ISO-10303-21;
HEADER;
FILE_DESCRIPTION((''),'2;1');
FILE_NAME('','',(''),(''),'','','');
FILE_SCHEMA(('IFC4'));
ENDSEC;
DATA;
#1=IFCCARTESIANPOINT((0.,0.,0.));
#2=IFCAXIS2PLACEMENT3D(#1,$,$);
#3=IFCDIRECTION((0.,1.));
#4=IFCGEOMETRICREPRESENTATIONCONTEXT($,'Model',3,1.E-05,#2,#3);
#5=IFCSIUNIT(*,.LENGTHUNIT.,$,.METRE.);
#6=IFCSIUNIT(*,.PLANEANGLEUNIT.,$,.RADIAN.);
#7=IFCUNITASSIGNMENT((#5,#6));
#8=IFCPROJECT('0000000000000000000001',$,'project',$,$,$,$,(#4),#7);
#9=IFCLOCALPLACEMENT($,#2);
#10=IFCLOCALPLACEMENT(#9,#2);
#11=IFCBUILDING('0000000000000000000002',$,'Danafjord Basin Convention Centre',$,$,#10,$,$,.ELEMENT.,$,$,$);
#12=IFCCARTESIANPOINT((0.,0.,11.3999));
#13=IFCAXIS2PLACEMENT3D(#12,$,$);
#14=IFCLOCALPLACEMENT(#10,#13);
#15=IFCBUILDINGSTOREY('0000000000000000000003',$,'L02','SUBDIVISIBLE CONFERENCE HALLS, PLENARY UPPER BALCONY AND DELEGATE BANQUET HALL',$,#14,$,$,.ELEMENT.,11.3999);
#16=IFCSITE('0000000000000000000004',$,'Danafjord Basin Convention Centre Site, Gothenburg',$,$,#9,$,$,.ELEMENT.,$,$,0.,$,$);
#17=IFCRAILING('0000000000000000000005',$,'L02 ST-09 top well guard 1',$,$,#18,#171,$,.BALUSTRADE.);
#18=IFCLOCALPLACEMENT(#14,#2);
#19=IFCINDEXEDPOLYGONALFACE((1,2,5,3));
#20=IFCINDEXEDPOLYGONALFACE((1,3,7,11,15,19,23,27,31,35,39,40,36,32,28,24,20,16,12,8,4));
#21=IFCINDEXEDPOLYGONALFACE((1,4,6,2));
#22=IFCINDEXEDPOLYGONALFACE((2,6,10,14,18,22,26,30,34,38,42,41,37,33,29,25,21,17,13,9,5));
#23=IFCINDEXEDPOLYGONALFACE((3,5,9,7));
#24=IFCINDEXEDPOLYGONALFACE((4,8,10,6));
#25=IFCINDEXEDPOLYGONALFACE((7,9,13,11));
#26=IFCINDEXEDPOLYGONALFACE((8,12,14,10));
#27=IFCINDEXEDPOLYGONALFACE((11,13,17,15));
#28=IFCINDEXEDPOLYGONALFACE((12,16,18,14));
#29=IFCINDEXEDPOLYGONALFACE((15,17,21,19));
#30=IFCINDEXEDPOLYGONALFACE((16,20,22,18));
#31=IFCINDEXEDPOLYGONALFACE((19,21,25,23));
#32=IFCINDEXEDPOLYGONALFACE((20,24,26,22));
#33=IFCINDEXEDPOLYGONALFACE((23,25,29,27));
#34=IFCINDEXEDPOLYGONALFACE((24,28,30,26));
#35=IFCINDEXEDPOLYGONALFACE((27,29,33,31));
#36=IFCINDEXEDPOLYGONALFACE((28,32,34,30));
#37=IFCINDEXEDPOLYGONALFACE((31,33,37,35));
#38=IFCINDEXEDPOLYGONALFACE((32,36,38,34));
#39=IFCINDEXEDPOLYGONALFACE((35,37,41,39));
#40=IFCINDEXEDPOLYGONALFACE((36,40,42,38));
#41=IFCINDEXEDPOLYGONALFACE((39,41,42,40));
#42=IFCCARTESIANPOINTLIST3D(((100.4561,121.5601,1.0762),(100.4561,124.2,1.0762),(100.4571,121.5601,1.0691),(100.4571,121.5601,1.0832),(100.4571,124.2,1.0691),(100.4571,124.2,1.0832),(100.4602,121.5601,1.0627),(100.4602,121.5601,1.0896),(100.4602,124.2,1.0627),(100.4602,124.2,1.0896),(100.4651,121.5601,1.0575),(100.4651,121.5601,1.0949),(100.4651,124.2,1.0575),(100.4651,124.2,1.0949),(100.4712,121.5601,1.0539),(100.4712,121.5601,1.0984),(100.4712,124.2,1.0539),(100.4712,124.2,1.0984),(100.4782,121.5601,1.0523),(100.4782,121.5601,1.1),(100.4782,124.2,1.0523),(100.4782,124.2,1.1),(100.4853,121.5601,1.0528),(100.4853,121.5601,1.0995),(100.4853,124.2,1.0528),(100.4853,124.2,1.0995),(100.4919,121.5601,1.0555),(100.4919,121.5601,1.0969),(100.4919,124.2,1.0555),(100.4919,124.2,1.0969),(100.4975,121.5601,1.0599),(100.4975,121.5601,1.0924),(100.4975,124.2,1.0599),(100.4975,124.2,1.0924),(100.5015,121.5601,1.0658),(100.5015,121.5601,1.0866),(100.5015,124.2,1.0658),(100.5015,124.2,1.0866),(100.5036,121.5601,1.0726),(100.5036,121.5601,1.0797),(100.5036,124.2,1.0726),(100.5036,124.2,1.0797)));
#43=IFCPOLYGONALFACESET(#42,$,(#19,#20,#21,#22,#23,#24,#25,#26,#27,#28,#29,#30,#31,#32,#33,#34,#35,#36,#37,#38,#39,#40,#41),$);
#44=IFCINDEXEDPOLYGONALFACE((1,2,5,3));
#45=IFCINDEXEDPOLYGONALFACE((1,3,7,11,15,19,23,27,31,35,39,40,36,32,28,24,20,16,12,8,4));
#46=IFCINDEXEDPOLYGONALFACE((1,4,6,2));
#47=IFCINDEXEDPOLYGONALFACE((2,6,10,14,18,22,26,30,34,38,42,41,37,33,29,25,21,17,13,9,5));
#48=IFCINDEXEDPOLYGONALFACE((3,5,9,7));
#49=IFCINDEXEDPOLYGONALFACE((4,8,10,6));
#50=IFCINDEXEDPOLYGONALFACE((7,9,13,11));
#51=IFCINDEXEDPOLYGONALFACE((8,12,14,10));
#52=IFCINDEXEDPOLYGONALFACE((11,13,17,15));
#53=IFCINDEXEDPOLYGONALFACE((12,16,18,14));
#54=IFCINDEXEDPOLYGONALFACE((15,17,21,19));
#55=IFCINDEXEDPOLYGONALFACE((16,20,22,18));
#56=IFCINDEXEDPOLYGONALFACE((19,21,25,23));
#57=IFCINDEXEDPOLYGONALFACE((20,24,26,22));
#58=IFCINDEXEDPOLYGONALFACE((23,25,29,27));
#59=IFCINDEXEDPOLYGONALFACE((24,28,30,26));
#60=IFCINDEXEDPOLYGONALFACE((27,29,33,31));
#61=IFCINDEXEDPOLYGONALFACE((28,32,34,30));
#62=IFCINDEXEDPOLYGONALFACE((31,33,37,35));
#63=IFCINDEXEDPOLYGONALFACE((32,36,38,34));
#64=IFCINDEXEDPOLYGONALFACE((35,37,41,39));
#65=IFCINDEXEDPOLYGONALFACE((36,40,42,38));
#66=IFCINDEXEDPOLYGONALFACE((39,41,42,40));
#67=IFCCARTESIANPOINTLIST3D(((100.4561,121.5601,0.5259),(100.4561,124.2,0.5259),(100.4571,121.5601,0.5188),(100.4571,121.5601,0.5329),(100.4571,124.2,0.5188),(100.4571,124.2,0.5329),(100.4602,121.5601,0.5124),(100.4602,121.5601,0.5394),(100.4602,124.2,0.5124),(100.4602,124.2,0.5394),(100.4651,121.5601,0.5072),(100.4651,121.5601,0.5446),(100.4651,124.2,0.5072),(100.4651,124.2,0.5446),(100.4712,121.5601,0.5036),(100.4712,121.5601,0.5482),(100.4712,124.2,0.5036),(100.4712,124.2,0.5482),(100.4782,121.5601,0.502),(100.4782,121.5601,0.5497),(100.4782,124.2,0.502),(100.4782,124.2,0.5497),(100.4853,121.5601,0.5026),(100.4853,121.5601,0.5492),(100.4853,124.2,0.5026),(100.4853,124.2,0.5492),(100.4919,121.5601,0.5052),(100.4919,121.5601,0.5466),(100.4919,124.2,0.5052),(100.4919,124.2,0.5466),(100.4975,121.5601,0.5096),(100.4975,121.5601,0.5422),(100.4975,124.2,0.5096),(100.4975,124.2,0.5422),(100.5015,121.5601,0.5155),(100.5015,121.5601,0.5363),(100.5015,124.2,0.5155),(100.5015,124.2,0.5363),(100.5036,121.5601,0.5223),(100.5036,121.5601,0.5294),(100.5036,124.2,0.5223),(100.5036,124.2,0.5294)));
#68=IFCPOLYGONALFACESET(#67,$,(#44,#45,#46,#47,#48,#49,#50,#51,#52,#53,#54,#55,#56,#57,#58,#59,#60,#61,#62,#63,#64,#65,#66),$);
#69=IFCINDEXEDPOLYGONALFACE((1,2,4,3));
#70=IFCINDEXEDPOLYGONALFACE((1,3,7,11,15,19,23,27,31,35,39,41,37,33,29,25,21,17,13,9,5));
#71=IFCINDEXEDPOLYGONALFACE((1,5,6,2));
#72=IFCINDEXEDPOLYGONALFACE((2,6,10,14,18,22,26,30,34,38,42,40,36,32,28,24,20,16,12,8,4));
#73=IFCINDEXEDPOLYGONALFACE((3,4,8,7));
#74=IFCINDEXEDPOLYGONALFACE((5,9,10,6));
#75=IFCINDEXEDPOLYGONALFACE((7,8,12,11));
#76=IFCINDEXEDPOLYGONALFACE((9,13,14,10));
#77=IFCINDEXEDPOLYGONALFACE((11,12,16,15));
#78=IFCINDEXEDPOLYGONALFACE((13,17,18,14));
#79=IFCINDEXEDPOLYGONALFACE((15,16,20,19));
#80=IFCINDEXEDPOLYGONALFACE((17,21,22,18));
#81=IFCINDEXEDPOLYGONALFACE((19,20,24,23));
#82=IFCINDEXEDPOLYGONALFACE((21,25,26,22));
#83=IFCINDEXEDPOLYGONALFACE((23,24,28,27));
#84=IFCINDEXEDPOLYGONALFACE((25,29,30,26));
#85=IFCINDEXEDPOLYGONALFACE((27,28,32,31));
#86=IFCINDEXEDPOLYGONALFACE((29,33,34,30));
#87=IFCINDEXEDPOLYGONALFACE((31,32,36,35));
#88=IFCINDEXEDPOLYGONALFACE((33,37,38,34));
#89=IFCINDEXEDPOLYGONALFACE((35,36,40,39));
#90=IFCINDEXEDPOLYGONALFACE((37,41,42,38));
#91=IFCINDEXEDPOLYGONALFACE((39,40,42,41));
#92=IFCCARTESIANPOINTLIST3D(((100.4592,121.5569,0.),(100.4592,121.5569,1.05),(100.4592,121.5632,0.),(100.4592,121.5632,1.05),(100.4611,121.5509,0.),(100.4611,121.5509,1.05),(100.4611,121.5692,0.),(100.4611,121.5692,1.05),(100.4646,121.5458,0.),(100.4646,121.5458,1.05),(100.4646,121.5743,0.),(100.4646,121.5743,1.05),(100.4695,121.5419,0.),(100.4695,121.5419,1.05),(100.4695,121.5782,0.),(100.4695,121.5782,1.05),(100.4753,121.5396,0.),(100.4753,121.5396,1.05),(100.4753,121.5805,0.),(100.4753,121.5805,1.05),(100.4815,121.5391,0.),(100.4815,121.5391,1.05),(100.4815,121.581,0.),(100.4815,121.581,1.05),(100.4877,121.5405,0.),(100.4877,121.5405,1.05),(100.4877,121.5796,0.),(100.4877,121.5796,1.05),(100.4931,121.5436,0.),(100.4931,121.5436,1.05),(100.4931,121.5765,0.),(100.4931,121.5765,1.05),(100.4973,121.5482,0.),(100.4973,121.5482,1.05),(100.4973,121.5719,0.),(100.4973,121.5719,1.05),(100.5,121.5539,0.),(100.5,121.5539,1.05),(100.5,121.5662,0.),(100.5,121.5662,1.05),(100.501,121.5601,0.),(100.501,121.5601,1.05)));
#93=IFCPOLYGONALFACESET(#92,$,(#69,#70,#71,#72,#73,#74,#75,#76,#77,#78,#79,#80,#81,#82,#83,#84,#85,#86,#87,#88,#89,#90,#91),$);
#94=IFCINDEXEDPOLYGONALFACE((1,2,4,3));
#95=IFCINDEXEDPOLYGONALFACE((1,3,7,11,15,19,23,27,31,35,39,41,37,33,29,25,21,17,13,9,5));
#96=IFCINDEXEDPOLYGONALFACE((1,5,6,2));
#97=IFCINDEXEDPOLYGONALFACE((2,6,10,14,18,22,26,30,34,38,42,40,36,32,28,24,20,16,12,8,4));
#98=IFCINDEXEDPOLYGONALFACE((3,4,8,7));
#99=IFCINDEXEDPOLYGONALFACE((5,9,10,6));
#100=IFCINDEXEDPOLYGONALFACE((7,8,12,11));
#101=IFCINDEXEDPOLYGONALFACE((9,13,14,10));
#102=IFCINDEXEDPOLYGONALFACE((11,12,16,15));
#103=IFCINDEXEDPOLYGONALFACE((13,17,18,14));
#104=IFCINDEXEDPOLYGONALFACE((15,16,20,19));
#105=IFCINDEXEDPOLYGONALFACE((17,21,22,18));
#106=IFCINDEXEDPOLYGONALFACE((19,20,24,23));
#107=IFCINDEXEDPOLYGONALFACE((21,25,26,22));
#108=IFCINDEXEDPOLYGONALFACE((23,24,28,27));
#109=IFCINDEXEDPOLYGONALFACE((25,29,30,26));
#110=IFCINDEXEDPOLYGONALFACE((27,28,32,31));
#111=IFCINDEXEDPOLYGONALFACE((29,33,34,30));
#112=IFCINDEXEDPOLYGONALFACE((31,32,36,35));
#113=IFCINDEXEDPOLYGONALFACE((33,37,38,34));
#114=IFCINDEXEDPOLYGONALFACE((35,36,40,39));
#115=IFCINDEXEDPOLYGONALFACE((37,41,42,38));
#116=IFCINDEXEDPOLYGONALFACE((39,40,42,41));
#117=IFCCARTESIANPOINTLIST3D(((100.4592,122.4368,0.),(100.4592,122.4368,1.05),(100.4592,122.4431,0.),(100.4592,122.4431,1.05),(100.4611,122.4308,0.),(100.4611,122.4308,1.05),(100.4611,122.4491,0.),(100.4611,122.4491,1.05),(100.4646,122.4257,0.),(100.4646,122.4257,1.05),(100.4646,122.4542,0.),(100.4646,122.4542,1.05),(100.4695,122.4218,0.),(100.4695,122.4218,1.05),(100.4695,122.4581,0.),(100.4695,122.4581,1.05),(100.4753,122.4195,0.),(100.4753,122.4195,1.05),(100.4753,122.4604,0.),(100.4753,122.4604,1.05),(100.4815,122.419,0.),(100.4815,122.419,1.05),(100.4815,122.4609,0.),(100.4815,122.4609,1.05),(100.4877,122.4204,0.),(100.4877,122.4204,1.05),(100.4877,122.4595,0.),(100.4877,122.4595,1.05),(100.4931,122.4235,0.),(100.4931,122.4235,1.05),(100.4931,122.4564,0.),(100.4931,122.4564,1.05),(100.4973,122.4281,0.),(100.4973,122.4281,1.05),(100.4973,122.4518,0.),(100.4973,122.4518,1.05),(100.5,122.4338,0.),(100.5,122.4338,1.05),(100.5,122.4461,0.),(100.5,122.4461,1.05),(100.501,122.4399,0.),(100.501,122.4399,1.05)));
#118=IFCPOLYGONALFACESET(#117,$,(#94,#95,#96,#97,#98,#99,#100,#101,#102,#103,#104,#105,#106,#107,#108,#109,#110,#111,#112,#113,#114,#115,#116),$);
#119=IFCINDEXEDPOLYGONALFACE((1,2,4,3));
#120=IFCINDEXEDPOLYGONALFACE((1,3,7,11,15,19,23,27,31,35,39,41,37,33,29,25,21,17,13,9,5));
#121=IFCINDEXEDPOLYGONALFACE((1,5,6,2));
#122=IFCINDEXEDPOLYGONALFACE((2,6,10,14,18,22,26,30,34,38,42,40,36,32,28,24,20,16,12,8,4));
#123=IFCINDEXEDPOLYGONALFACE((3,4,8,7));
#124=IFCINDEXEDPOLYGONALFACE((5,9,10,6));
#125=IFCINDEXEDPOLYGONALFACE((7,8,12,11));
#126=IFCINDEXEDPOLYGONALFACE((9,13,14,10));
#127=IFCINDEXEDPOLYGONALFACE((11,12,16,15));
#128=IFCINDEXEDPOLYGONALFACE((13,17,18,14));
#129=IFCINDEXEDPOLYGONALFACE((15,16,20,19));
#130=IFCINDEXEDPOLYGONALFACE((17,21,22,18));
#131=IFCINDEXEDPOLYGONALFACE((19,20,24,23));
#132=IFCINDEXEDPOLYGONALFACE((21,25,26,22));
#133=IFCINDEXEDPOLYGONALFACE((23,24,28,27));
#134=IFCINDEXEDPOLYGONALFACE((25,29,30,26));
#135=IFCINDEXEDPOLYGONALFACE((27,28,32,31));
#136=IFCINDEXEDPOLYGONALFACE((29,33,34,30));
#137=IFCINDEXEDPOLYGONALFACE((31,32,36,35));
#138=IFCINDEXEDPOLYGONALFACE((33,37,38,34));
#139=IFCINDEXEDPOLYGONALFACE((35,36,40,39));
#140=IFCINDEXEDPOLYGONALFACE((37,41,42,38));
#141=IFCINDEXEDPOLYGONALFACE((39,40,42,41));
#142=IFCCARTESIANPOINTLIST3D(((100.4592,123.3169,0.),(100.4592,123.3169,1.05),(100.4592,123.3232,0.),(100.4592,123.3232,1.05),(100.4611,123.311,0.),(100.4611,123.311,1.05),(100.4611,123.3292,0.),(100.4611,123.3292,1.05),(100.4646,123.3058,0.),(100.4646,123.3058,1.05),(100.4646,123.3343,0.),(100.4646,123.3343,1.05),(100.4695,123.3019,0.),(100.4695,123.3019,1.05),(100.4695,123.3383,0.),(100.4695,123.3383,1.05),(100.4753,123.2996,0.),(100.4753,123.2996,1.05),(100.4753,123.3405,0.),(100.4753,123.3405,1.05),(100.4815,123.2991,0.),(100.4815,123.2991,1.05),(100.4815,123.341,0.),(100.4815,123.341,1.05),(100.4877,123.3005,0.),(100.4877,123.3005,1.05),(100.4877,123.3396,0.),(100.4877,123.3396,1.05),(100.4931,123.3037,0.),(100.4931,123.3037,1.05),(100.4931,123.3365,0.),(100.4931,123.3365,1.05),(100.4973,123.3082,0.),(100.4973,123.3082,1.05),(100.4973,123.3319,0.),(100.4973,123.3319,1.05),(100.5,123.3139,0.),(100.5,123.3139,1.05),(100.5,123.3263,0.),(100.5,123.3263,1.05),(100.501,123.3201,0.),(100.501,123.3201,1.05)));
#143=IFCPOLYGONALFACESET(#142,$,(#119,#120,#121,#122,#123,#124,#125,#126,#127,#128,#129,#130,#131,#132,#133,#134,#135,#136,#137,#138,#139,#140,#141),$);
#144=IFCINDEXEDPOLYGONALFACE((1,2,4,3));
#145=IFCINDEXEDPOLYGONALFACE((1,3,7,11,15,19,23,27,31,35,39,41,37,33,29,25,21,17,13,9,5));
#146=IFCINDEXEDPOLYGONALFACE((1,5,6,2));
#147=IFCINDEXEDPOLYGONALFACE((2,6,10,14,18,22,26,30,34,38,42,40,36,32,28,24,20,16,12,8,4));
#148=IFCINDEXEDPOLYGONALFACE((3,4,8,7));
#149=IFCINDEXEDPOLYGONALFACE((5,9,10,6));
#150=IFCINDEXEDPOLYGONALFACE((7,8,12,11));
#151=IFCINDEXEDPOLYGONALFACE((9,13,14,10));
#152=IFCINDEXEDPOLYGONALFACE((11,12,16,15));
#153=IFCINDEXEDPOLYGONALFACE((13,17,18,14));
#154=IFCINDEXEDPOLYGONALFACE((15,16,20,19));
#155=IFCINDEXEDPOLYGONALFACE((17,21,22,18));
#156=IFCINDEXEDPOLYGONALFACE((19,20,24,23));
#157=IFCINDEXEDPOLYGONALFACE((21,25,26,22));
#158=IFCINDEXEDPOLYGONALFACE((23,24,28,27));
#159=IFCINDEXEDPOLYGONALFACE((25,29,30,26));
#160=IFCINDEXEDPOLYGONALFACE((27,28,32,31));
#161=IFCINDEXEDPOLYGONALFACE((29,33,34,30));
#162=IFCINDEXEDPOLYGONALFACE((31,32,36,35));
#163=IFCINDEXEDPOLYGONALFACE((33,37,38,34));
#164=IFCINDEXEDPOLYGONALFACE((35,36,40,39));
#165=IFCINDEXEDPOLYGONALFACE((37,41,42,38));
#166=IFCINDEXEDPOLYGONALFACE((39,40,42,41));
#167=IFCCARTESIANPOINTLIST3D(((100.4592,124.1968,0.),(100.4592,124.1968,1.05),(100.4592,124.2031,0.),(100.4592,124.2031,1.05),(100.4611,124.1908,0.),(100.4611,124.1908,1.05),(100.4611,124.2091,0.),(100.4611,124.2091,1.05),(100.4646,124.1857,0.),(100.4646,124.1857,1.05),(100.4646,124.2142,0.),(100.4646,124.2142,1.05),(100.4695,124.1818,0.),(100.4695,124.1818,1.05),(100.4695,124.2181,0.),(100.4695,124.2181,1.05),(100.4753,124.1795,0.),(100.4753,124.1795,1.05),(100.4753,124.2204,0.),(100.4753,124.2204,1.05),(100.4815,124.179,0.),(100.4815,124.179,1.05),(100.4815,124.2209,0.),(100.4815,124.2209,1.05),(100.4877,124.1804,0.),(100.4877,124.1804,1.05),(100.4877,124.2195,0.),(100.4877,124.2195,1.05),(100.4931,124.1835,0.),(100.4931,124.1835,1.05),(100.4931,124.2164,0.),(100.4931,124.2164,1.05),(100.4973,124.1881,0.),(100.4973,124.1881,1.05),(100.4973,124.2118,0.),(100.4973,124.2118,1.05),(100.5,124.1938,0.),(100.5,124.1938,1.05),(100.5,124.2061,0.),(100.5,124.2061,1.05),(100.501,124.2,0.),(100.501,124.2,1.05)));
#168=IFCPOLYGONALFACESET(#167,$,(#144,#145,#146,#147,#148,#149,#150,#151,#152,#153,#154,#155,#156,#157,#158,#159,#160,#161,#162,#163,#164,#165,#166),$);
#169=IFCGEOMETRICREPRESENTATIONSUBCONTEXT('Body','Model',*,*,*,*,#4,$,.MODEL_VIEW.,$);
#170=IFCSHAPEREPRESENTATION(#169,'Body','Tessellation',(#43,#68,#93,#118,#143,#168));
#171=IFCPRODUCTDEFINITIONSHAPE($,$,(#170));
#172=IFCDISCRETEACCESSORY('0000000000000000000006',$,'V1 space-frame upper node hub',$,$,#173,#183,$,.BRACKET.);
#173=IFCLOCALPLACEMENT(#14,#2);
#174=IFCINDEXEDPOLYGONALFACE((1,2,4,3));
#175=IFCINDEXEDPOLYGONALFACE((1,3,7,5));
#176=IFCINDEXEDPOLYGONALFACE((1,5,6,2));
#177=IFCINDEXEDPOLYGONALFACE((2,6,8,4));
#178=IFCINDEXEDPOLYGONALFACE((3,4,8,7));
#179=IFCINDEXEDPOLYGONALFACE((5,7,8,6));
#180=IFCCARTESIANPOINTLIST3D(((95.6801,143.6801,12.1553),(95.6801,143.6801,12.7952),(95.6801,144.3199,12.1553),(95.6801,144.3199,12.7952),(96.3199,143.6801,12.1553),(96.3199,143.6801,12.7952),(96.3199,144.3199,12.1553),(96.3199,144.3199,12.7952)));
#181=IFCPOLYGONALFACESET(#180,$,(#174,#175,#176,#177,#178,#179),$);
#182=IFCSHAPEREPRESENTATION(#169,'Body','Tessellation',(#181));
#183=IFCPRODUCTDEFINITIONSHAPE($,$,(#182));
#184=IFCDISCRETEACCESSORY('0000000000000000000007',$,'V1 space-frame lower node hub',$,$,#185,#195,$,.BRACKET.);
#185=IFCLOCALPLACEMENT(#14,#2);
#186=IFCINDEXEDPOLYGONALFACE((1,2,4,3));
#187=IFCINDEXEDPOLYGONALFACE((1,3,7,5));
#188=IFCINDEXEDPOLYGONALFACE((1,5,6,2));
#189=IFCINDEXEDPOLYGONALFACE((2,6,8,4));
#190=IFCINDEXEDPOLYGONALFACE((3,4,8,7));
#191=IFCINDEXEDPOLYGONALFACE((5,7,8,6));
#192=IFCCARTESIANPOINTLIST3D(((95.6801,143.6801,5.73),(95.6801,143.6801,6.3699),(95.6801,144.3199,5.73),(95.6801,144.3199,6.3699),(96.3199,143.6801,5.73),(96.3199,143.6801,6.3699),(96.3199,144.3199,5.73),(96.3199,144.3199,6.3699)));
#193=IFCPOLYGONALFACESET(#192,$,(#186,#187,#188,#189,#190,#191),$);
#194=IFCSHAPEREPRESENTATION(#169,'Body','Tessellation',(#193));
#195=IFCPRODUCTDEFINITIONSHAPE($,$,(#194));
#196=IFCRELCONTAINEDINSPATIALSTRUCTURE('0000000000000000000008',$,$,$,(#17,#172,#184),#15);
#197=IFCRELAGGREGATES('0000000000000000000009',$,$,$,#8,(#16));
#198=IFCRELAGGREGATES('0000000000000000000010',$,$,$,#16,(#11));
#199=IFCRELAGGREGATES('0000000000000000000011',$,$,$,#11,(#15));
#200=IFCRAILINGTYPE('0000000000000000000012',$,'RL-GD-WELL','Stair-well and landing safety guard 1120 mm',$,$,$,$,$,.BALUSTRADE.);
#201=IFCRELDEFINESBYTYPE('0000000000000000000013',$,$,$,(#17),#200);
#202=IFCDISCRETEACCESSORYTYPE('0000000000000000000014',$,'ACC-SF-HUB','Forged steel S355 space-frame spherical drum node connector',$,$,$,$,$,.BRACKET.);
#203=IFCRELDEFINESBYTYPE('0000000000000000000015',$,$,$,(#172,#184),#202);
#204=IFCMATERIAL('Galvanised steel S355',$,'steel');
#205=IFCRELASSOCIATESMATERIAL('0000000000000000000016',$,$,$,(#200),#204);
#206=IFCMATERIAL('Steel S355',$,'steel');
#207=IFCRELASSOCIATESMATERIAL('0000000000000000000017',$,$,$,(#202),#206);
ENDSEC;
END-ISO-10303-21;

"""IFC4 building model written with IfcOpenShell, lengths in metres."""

from ifc_helpers import new_model, si_unit, direction, frame, origin, origin_2d, place, context, subcontext, project, spatial, rectangle, circle, extrude, material, type_object, element, save


model = new_model("IFC4")

# Units and contexts
model_context = context("Model", 3, precision=1e-05, world=origin(), true_north=direction((0.0, 1.0)))
body_context = subcontext(model_context, "Body", "Model", "MODEL_VIEW")
ifc_project = project(units=[si_unit("LENGTHUNIT", "METRE"), si_unit("PLANEANGLEUNIT", "RADIAN")], contexts=[model_context])

# Site, building, storey
site_placement = place(None, origin())
site = spatial("IfcSite", under=ifc_project, at=site_placement, Name="Danafjord Basin Convention Centre Site, Gothenburg", CompositionType="ELEMENT", RefElevation=0.0)
building_placement = place(site_placement, origin())
building = spatial("IfcBuilding", under=site, at=building_placement, Name="Danafjord Basin Convention Centre", CompositionType="ELEMENT")
storey_placement = place(building_placement, frame((0.0, 0.0, 11.3999)))
storey = spatial("IfcBuildingStorey", under=building, at=storey_placement, Name="L02", Description="SUBDIVISIBLE CONFERENCE HALLS, PLENARY UPPER BALCONY AND DELEGATE BANQUET HALL", CompositionType="ELEMENT", Elevation=11.3999)

# Shared definitions
ifc_material_1 = material(Name="Steel S355", Category="steel")

# Railing
ifc_material_2 = material(Name="Galvanised steel S355", Category="steel")
railing_type_1 = type_object("IfcRailingType", Name="RL-GD-WELL", Description="Stair-well and landing safety guard 1120 mm", PredefinedType="BALUSTRADE", material=ifc_material_2)
railing_1_placement = place(storey_placement, frame((100.48, 121.5601, 0.0)))
element("IfcRailing", 1, at=railing_1_placement, inside=storey, type_object=railing_type_1, Name="L02 ST-09 top well guard 1", PredefinedType="BALUSTRADE", context=body_context, shape_type="SweptSolid", body=[
    extrude(circle(Radius=0.0239, at=origin_2d()), frame((0.0, 0.0, 1.0762), z_axis=(0.0, 1.0, 0.0), x_axis=(-1.0, 0.0, 0.0)), (0.0, 0.0, 1.0), 2.6399),
    extrude(circle(Radius=0.0239, at=origin_2d()), frame((0.0, 0.0, 0.5259), z_axis=(0.0, 1.0, 0.0), x_axis=(-1.0, 0.0, 0.0)), (0.0, 0.0, 1.0), 2.6399),
    extrude(circle(Radius=0.021, at=origin_2d()), origin(), (0.0, 0.0, 1.0), 1.05),
    extrude(circle(Radius=0.021, at=origin_2d()), frame((0.0, 0.8799, 0.0)), (0.0, 0.0, 1.0), 1.05),
    extrude(circle(Radius=0.021, at=origin_2d()), frame((0.0, 1.76, 0.0)), (0.0, 0.0, 1.0), 1.05),
    extrude(circle(Radius=0.021, at=origin_2d()), frame((0.0, 2.6399, 0.0)), (0.0, 0.0, 1.0), 1.05),
])

# Discrete accessories
discrete_accessory_type = type_object("IfcDiscreteAccessoryType", Name="ACC-SF-HUB", Description="Forged steel S355 space-frame spherical drum node connector", PredefinedType="BRACKET", material=ifc_material_1)
for number, where, z_axis, x_axis, name in (
    (2, (96.0, 144.0, 12.1553), (0.0, 0.0, 1.0), (1.0, 0.0, 0.0), "V1 space-frame upper node hub"),
    (3, (96.0, 144.0, 5.73), (0.0, 0.0, 1.0), (1.0, 0.0, 0.0), "V1 space-frame lower node hub"),
):
    element("IfcDiscreteAccessory", number, at=place(storey_placement, frame(where, z_axis=z_axis, x_axis=x_axis)), inside=storey, type_object=discrete_accessory_type, Name=name, PredefinedType="BRACKET", context=body_context, shape_type="SweptSolid", body=[
        extrude(rectangle(XDim=0.6399, YDim=0.6399, at=origin_2d()), origin(), (0.0, 0.0, 1.0), 0.6399),
    ])

save(model, "model.ifc")
